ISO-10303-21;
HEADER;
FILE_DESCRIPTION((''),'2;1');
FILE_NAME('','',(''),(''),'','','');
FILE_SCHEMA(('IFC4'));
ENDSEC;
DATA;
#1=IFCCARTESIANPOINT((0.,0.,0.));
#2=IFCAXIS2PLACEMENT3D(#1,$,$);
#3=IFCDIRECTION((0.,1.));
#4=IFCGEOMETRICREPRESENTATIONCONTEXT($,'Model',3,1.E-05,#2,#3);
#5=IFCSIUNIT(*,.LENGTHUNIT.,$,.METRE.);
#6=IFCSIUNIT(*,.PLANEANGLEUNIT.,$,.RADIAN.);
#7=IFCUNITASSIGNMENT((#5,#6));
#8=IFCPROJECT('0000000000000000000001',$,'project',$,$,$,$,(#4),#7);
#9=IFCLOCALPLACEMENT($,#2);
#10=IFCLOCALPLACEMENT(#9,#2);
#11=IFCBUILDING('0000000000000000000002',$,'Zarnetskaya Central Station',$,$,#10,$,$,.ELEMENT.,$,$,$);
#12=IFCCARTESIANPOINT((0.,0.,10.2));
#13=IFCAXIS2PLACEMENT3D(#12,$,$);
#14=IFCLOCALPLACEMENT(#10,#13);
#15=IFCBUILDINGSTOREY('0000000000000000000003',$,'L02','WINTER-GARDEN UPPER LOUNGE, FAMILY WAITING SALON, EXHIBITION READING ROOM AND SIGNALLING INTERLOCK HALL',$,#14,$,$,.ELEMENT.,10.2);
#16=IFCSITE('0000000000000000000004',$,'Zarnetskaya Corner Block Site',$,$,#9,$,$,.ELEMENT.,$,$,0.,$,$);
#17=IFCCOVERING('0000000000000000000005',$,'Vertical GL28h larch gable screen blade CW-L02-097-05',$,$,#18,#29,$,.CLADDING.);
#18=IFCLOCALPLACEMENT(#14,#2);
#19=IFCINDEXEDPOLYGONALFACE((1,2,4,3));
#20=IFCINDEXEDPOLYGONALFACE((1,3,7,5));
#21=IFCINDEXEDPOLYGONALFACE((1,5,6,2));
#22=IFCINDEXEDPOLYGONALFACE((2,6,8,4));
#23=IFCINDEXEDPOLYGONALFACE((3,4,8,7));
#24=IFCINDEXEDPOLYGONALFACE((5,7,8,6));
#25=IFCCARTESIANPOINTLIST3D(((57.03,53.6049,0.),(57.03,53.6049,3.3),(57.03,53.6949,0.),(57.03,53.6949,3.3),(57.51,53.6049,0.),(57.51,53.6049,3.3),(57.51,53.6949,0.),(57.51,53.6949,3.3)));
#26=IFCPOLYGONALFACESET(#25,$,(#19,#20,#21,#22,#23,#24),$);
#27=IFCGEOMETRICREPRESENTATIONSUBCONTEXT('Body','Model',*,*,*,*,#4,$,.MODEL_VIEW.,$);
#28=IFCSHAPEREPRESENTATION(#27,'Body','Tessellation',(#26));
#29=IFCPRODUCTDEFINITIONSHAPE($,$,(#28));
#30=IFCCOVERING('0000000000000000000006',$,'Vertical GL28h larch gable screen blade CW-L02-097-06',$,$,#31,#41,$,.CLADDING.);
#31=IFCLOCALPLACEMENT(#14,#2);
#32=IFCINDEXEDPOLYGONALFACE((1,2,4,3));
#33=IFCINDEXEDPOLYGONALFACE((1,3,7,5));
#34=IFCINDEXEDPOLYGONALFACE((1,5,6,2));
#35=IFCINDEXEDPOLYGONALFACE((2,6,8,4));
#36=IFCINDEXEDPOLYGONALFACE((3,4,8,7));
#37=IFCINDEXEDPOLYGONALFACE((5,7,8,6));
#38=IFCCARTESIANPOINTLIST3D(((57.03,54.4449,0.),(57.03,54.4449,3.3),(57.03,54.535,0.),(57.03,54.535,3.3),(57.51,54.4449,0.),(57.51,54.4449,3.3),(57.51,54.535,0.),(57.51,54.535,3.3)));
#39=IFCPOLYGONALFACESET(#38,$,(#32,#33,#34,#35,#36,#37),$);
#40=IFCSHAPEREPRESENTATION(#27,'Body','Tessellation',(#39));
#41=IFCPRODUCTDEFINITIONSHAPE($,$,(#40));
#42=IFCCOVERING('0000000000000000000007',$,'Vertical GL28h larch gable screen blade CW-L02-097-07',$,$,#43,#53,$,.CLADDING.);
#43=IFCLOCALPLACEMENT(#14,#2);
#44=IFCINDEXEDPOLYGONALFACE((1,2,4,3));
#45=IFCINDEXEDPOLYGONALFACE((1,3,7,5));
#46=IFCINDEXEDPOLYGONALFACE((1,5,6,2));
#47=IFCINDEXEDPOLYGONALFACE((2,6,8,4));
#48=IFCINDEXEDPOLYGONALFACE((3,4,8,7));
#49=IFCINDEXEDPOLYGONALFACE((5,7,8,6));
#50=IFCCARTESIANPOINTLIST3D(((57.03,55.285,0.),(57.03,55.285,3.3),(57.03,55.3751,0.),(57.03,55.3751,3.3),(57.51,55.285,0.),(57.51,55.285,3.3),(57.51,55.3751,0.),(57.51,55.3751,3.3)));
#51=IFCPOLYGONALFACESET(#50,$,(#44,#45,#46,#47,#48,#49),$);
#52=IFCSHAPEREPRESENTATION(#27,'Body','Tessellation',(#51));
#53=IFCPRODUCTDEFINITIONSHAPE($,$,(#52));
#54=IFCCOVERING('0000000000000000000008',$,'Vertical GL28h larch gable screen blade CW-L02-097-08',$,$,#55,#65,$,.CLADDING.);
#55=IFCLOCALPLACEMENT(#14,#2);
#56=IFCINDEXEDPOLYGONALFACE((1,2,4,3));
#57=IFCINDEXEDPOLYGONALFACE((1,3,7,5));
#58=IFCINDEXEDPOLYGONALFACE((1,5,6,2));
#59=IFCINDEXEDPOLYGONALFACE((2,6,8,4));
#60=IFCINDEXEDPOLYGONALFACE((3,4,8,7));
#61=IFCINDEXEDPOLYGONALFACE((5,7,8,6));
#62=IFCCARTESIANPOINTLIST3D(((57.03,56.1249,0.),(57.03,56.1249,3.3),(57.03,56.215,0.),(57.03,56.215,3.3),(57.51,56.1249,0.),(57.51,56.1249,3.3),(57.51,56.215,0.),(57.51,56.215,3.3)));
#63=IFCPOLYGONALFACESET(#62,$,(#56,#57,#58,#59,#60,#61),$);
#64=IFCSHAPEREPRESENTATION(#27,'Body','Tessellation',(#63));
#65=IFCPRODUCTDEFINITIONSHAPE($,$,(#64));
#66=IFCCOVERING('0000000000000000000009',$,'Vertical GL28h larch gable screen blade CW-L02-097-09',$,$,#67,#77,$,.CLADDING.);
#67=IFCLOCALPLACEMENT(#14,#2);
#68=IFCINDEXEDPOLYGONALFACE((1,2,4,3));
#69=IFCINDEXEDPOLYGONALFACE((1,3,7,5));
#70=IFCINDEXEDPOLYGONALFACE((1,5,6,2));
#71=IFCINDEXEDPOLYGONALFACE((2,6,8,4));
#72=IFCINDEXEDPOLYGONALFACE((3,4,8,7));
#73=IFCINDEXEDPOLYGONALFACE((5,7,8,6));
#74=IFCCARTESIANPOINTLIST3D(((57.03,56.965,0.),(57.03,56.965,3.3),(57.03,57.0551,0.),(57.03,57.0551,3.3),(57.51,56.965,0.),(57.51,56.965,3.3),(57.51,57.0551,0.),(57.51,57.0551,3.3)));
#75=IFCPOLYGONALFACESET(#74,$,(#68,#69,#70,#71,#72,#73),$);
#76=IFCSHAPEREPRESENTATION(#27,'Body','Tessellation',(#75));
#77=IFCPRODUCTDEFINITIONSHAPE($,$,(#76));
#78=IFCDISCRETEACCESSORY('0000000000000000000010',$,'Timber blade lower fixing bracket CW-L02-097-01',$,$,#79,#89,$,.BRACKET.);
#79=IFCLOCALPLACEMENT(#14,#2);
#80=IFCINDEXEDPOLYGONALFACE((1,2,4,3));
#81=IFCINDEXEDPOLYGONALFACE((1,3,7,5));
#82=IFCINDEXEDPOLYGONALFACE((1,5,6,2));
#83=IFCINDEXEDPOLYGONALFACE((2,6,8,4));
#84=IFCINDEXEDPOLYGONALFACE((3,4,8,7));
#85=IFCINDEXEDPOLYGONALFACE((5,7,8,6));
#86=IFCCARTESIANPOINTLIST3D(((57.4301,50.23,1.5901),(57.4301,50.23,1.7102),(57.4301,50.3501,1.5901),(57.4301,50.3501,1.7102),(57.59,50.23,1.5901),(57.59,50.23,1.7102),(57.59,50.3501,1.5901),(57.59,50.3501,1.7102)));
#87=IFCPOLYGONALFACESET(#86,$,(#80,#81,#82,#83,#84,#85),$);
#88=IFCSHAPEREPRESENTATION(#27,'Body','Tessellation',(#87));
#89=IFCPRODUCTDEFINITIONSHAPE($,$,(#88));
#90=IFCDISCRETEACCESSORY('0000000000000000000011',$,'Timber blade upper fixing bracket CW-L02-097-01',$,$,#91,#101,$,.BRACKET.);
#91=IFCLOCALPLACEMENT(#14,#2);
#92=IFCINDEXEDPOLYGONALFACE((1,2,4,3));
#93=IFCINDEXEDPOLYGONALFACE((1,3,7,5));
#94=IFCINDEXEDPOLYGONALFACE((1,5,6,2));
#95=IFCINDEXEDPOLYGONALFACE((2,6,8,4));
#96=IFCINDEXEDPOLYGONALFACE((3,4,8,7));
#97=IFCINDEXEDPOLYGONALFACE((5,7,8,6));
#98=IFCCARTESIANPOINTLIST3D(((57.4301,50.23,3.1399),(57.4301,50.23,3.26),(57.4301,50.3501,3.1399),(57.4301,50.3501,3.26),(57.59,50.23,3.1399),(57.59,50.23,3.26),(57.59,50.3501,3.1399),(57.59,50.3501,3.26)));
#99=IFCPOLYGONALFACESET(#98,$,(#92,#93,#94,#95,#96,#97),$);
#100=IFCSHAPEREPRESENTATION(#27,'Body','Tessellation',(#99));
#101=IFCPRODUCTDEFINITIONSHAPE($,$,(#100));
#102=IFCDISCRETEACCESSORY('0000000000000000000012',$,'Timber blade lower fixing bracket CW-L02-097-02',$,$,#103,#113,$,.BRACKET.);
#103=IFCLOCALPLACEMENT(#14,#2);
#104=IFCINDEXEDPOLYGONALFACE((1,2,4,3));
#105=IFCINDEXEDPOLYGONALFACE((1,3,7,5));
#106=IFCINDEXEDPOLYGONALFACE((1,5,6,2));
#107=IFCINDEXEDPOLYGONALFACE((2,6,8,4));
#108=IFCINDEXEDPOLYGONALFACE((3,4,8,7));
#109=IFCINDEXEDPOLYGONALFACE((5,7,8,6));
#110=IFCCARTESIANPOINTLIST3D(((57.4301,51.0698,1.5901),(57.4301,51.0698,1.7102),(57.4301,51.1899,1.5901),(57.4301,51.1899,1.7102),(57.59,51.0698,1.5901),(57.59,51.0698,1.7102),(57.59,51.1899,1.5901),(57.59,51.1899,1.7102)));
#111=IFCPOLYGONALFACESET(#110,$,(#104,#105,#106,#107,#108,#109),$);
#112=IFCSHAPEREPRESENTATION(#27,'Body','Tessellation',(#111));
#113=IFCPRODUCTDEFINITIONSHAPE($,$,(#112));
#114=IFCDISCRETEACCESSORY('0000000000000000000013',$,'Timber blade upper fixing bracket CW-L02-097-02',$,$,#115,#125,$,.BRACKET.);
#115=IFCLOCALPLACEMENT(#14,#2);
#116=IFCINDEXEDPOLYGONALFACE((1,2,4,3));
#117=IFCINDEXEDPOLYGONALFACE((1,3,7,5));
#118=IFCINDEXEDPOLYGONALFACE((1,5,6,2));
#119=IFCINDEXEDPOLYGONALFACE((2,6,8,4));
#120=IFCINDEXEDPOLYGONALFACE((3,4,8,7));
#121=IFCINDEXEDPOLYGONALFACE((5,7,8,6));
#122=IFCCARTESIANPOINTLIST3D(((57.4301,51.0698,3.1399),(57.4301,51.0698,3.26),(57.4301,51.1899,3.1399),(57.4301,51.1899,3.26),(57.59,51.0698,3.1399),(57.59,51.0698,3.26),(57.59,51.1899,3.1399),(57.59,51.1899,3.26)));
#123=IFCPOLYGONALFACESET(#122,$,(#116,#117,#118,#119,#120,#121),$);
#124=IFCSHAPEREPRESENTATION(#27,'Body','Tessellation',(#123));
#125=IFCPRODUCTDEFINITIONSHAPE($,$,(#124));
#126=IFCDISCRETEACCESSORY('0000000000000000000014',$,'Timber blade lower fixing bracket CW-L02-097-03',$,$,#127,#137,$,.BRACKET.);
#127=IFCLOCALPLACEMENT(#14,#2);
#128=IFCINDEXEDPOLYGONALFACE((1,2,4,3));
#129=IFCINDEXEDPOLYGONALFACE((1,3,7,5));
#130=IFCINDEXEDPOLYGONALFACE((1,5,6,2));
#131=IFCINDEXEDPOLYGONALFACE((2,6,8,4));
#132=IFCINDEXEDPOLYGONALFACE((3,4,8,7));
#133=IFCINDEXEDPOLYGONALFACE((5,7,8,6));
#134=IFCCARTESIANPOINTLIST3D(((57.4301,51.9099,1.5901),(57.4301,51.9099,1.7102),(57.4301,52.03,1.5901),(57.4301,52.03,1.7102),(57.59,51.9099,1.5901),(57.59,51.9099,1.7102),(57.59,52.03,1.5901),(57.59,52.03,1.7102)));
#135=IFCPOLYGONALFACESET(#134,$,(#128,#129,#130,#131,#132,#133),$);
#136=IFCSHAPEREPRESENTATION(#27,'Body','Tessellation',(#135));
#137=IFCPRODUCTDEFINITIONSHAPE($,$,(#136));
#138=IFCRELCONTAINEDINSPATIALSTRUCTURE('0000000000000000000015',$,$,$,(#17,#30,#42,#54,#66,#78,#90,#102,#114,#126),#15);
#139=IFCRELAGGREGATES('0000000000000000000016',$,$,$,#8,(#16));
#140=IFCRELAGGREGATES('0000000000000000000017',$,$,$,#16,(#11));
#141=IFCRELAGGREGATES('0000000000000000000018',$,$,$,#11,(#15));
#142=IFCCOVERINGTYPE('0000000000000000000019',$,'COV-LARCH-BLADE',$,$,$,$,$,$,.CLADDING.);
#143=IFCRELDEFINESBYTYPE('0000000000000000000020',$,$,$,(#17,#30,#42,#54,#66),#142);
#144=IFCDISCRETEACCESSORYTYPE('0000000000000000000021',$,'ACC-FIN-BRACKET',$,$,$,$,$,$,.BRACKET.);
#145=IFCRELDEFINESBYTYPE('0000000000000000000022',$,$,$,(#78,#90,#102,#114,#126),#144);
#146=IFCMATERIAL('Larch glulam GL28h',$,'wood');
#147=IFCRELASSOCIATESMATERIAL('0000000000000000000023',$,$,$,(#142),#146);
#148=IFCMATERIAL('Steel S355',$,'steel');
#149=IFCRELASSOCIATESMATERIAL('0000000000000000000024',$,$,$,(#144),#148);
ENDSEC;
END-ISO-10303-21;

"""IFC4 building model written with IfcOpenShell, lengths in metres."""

from ifc_helpers import new_model, si_unit, direction, frame, origin, origin_2d, place, context, subcontext, project, spatial, rectangle, extrude, material, type_object, element, save


model = new_model("IFC4")

# Units and contexts
model_context = context("Model", 3, precision=1e-05, world=origin(), true_north=direction((0.0, 1.0)))
body_context = subcontext(model_context, "Body", "Model", "MODEL_VIEW")
ifc_project = project(units=[si_unit("LENGTHUNIT", "METRE"), si_unit("PLANEANGLEUNIT", "RADIAN")], contexts=[model_context])

# Site, building, storey
site_placement = place(None, origin())
site = spatial("IfcSite", under=ifc_project, at=site_placement, Name="Zarnetskaya Corner Block Site", CompositionType="ELEMENT", RefElevation=0.0)
building_placement = place(site_placement, origin())
building = spatial("IfcBuilding", under=site, at=building_placement, Name="Zarnetskaya Central Station", CompositionType="ELEMENT")
storey_placement = place(building_placement, frame((0.0, 0.0, 10.2)))
storey = spatial("IfcBuildingStorey", under=building, at=storey_placement, Name="L02", Description="WINTER-GARDEN UPPER LOUNGE, FAMILY WAITING SALON, EXHIBITION READING ROOM AND SIGNALLING INTERLOCK HALL", CompositionType="ELEMENT", Elevation=10.2)

# Shared definitions
ifc_material_1 = material(Name="Steel S355", Category="steel")

# Coverings
ifc_material_2 = material(Name="Larch glulam GL28h", Category="wood")
covering_type = type_object("IfcCoveringType", Name="COV-LARCH-BLADE", PredefinedType="CLADDING", material=ifc_material_2)
for number, where, z_axis, x_axis, name in (
    (1, (57.27, 53.6499, 0.0), (0.0, 0.0, 1.0), (0.0, 1.0, 0.0), "Vertical GL28h larch gable screen blade CW-L02-097-05"),
    (2, (57.27, 54.49, 0.0), (0.0, 0.0, 1.0), (0.0, 1.0, 0.0), "Vertical GL28h larch gable screen blade CW-L02-097-06"),
    (3, (57.27, 55.3301, 0.0), (0.0, 0.0, 1.0), (0.0, 1.0, 0.0), "Vertical GL28h larch gable screen blade CW-L02-097-07"),
    (4, (57.27, 56.1699, 0.0), (0.0, 0.0, 1.0), (0.0, 1.0, 0.0), "Vertical GL28h larch gable screen blade CW-L02-097-08"),
    (5, (57.27, 57.01, 0.0), (0.0, 0.0, 1.0), (0.0, 1.0, 0.0), "Vertical GL28h larch gable screen blade CW-L02-097-09"),
):
    element("IfcCovering", number, at=place(storey_placement, frame(where, z_axis=z_axis, x_axis=x_axis)), inside=storey, type_object=covering_type, Name=name, PredefinedType="CLADDING", context=body_context, shape_type="SweptSolid", body=[
        extrude(rectangle(XDim=0.0901, YDim=0.48, at=origin_2d()), origin(), (0.0, 0.0, 1.0), 3.3),
    ])

# Discrete accessories
discrete_accessory_type = type_object("IfcDiscreteAccessoryType", Name="ACC-FIN-BRACKET", PredefinedType="BRACKET", material=ifc_material_1)
for number, where, z_axis, x_axis, name in (
    (6, (57.51, 50.29, 1.5901), (0.0, 0.0, 1.0), (0.0, 1.0, 0.0), "Timber blade lower fixing bracket CW-L02-097-01"),
    (7, (57.51, 50.29, 3.1399), (0.0, 0.0, 1.0), (0.0, 1.0, 0.0), "Timber blade upper fixing bracket CW-L02-097-01"),
    (8, (57.51, 51.1299, 1.5901), (0.0, 0.0, 1.0), (0.0, 1.0, 0.0), "Timber blade lower fixing bracket CW-L02-097-02"),
    (9, (57.51, 51.1299, 3.1399), (0.0, 0.0, 1.0), (0.0, 1.0, 0.0), "Timber blade upper fixing bracket CW-L02-097-02"),
    (10, (57.51, 51.97, 1.5901), (0.0, 0.0, 1.0), (0.0, 1.0, 0.0), "Timber blade lower fixing bracket CW-L02-097-03"),
):
    element("IfcDiscreteAccessory", number, at=place(storey_placement, frame(where, z_axis=z_axis, x_axis=x_axis)), inside=storey, type_object=discrete_accessory_type, Name=name, PredefinedType="BRACKET", context=body_context, shape_type="SweptSolid", body=[
        extrude(rectangle(XDim=0.1201, YDim=0.1599, at=origin_2d()), origin(), (0.0, 0.0, 1.0), 0.1201),
    ])

save(model, "model.ifc")
